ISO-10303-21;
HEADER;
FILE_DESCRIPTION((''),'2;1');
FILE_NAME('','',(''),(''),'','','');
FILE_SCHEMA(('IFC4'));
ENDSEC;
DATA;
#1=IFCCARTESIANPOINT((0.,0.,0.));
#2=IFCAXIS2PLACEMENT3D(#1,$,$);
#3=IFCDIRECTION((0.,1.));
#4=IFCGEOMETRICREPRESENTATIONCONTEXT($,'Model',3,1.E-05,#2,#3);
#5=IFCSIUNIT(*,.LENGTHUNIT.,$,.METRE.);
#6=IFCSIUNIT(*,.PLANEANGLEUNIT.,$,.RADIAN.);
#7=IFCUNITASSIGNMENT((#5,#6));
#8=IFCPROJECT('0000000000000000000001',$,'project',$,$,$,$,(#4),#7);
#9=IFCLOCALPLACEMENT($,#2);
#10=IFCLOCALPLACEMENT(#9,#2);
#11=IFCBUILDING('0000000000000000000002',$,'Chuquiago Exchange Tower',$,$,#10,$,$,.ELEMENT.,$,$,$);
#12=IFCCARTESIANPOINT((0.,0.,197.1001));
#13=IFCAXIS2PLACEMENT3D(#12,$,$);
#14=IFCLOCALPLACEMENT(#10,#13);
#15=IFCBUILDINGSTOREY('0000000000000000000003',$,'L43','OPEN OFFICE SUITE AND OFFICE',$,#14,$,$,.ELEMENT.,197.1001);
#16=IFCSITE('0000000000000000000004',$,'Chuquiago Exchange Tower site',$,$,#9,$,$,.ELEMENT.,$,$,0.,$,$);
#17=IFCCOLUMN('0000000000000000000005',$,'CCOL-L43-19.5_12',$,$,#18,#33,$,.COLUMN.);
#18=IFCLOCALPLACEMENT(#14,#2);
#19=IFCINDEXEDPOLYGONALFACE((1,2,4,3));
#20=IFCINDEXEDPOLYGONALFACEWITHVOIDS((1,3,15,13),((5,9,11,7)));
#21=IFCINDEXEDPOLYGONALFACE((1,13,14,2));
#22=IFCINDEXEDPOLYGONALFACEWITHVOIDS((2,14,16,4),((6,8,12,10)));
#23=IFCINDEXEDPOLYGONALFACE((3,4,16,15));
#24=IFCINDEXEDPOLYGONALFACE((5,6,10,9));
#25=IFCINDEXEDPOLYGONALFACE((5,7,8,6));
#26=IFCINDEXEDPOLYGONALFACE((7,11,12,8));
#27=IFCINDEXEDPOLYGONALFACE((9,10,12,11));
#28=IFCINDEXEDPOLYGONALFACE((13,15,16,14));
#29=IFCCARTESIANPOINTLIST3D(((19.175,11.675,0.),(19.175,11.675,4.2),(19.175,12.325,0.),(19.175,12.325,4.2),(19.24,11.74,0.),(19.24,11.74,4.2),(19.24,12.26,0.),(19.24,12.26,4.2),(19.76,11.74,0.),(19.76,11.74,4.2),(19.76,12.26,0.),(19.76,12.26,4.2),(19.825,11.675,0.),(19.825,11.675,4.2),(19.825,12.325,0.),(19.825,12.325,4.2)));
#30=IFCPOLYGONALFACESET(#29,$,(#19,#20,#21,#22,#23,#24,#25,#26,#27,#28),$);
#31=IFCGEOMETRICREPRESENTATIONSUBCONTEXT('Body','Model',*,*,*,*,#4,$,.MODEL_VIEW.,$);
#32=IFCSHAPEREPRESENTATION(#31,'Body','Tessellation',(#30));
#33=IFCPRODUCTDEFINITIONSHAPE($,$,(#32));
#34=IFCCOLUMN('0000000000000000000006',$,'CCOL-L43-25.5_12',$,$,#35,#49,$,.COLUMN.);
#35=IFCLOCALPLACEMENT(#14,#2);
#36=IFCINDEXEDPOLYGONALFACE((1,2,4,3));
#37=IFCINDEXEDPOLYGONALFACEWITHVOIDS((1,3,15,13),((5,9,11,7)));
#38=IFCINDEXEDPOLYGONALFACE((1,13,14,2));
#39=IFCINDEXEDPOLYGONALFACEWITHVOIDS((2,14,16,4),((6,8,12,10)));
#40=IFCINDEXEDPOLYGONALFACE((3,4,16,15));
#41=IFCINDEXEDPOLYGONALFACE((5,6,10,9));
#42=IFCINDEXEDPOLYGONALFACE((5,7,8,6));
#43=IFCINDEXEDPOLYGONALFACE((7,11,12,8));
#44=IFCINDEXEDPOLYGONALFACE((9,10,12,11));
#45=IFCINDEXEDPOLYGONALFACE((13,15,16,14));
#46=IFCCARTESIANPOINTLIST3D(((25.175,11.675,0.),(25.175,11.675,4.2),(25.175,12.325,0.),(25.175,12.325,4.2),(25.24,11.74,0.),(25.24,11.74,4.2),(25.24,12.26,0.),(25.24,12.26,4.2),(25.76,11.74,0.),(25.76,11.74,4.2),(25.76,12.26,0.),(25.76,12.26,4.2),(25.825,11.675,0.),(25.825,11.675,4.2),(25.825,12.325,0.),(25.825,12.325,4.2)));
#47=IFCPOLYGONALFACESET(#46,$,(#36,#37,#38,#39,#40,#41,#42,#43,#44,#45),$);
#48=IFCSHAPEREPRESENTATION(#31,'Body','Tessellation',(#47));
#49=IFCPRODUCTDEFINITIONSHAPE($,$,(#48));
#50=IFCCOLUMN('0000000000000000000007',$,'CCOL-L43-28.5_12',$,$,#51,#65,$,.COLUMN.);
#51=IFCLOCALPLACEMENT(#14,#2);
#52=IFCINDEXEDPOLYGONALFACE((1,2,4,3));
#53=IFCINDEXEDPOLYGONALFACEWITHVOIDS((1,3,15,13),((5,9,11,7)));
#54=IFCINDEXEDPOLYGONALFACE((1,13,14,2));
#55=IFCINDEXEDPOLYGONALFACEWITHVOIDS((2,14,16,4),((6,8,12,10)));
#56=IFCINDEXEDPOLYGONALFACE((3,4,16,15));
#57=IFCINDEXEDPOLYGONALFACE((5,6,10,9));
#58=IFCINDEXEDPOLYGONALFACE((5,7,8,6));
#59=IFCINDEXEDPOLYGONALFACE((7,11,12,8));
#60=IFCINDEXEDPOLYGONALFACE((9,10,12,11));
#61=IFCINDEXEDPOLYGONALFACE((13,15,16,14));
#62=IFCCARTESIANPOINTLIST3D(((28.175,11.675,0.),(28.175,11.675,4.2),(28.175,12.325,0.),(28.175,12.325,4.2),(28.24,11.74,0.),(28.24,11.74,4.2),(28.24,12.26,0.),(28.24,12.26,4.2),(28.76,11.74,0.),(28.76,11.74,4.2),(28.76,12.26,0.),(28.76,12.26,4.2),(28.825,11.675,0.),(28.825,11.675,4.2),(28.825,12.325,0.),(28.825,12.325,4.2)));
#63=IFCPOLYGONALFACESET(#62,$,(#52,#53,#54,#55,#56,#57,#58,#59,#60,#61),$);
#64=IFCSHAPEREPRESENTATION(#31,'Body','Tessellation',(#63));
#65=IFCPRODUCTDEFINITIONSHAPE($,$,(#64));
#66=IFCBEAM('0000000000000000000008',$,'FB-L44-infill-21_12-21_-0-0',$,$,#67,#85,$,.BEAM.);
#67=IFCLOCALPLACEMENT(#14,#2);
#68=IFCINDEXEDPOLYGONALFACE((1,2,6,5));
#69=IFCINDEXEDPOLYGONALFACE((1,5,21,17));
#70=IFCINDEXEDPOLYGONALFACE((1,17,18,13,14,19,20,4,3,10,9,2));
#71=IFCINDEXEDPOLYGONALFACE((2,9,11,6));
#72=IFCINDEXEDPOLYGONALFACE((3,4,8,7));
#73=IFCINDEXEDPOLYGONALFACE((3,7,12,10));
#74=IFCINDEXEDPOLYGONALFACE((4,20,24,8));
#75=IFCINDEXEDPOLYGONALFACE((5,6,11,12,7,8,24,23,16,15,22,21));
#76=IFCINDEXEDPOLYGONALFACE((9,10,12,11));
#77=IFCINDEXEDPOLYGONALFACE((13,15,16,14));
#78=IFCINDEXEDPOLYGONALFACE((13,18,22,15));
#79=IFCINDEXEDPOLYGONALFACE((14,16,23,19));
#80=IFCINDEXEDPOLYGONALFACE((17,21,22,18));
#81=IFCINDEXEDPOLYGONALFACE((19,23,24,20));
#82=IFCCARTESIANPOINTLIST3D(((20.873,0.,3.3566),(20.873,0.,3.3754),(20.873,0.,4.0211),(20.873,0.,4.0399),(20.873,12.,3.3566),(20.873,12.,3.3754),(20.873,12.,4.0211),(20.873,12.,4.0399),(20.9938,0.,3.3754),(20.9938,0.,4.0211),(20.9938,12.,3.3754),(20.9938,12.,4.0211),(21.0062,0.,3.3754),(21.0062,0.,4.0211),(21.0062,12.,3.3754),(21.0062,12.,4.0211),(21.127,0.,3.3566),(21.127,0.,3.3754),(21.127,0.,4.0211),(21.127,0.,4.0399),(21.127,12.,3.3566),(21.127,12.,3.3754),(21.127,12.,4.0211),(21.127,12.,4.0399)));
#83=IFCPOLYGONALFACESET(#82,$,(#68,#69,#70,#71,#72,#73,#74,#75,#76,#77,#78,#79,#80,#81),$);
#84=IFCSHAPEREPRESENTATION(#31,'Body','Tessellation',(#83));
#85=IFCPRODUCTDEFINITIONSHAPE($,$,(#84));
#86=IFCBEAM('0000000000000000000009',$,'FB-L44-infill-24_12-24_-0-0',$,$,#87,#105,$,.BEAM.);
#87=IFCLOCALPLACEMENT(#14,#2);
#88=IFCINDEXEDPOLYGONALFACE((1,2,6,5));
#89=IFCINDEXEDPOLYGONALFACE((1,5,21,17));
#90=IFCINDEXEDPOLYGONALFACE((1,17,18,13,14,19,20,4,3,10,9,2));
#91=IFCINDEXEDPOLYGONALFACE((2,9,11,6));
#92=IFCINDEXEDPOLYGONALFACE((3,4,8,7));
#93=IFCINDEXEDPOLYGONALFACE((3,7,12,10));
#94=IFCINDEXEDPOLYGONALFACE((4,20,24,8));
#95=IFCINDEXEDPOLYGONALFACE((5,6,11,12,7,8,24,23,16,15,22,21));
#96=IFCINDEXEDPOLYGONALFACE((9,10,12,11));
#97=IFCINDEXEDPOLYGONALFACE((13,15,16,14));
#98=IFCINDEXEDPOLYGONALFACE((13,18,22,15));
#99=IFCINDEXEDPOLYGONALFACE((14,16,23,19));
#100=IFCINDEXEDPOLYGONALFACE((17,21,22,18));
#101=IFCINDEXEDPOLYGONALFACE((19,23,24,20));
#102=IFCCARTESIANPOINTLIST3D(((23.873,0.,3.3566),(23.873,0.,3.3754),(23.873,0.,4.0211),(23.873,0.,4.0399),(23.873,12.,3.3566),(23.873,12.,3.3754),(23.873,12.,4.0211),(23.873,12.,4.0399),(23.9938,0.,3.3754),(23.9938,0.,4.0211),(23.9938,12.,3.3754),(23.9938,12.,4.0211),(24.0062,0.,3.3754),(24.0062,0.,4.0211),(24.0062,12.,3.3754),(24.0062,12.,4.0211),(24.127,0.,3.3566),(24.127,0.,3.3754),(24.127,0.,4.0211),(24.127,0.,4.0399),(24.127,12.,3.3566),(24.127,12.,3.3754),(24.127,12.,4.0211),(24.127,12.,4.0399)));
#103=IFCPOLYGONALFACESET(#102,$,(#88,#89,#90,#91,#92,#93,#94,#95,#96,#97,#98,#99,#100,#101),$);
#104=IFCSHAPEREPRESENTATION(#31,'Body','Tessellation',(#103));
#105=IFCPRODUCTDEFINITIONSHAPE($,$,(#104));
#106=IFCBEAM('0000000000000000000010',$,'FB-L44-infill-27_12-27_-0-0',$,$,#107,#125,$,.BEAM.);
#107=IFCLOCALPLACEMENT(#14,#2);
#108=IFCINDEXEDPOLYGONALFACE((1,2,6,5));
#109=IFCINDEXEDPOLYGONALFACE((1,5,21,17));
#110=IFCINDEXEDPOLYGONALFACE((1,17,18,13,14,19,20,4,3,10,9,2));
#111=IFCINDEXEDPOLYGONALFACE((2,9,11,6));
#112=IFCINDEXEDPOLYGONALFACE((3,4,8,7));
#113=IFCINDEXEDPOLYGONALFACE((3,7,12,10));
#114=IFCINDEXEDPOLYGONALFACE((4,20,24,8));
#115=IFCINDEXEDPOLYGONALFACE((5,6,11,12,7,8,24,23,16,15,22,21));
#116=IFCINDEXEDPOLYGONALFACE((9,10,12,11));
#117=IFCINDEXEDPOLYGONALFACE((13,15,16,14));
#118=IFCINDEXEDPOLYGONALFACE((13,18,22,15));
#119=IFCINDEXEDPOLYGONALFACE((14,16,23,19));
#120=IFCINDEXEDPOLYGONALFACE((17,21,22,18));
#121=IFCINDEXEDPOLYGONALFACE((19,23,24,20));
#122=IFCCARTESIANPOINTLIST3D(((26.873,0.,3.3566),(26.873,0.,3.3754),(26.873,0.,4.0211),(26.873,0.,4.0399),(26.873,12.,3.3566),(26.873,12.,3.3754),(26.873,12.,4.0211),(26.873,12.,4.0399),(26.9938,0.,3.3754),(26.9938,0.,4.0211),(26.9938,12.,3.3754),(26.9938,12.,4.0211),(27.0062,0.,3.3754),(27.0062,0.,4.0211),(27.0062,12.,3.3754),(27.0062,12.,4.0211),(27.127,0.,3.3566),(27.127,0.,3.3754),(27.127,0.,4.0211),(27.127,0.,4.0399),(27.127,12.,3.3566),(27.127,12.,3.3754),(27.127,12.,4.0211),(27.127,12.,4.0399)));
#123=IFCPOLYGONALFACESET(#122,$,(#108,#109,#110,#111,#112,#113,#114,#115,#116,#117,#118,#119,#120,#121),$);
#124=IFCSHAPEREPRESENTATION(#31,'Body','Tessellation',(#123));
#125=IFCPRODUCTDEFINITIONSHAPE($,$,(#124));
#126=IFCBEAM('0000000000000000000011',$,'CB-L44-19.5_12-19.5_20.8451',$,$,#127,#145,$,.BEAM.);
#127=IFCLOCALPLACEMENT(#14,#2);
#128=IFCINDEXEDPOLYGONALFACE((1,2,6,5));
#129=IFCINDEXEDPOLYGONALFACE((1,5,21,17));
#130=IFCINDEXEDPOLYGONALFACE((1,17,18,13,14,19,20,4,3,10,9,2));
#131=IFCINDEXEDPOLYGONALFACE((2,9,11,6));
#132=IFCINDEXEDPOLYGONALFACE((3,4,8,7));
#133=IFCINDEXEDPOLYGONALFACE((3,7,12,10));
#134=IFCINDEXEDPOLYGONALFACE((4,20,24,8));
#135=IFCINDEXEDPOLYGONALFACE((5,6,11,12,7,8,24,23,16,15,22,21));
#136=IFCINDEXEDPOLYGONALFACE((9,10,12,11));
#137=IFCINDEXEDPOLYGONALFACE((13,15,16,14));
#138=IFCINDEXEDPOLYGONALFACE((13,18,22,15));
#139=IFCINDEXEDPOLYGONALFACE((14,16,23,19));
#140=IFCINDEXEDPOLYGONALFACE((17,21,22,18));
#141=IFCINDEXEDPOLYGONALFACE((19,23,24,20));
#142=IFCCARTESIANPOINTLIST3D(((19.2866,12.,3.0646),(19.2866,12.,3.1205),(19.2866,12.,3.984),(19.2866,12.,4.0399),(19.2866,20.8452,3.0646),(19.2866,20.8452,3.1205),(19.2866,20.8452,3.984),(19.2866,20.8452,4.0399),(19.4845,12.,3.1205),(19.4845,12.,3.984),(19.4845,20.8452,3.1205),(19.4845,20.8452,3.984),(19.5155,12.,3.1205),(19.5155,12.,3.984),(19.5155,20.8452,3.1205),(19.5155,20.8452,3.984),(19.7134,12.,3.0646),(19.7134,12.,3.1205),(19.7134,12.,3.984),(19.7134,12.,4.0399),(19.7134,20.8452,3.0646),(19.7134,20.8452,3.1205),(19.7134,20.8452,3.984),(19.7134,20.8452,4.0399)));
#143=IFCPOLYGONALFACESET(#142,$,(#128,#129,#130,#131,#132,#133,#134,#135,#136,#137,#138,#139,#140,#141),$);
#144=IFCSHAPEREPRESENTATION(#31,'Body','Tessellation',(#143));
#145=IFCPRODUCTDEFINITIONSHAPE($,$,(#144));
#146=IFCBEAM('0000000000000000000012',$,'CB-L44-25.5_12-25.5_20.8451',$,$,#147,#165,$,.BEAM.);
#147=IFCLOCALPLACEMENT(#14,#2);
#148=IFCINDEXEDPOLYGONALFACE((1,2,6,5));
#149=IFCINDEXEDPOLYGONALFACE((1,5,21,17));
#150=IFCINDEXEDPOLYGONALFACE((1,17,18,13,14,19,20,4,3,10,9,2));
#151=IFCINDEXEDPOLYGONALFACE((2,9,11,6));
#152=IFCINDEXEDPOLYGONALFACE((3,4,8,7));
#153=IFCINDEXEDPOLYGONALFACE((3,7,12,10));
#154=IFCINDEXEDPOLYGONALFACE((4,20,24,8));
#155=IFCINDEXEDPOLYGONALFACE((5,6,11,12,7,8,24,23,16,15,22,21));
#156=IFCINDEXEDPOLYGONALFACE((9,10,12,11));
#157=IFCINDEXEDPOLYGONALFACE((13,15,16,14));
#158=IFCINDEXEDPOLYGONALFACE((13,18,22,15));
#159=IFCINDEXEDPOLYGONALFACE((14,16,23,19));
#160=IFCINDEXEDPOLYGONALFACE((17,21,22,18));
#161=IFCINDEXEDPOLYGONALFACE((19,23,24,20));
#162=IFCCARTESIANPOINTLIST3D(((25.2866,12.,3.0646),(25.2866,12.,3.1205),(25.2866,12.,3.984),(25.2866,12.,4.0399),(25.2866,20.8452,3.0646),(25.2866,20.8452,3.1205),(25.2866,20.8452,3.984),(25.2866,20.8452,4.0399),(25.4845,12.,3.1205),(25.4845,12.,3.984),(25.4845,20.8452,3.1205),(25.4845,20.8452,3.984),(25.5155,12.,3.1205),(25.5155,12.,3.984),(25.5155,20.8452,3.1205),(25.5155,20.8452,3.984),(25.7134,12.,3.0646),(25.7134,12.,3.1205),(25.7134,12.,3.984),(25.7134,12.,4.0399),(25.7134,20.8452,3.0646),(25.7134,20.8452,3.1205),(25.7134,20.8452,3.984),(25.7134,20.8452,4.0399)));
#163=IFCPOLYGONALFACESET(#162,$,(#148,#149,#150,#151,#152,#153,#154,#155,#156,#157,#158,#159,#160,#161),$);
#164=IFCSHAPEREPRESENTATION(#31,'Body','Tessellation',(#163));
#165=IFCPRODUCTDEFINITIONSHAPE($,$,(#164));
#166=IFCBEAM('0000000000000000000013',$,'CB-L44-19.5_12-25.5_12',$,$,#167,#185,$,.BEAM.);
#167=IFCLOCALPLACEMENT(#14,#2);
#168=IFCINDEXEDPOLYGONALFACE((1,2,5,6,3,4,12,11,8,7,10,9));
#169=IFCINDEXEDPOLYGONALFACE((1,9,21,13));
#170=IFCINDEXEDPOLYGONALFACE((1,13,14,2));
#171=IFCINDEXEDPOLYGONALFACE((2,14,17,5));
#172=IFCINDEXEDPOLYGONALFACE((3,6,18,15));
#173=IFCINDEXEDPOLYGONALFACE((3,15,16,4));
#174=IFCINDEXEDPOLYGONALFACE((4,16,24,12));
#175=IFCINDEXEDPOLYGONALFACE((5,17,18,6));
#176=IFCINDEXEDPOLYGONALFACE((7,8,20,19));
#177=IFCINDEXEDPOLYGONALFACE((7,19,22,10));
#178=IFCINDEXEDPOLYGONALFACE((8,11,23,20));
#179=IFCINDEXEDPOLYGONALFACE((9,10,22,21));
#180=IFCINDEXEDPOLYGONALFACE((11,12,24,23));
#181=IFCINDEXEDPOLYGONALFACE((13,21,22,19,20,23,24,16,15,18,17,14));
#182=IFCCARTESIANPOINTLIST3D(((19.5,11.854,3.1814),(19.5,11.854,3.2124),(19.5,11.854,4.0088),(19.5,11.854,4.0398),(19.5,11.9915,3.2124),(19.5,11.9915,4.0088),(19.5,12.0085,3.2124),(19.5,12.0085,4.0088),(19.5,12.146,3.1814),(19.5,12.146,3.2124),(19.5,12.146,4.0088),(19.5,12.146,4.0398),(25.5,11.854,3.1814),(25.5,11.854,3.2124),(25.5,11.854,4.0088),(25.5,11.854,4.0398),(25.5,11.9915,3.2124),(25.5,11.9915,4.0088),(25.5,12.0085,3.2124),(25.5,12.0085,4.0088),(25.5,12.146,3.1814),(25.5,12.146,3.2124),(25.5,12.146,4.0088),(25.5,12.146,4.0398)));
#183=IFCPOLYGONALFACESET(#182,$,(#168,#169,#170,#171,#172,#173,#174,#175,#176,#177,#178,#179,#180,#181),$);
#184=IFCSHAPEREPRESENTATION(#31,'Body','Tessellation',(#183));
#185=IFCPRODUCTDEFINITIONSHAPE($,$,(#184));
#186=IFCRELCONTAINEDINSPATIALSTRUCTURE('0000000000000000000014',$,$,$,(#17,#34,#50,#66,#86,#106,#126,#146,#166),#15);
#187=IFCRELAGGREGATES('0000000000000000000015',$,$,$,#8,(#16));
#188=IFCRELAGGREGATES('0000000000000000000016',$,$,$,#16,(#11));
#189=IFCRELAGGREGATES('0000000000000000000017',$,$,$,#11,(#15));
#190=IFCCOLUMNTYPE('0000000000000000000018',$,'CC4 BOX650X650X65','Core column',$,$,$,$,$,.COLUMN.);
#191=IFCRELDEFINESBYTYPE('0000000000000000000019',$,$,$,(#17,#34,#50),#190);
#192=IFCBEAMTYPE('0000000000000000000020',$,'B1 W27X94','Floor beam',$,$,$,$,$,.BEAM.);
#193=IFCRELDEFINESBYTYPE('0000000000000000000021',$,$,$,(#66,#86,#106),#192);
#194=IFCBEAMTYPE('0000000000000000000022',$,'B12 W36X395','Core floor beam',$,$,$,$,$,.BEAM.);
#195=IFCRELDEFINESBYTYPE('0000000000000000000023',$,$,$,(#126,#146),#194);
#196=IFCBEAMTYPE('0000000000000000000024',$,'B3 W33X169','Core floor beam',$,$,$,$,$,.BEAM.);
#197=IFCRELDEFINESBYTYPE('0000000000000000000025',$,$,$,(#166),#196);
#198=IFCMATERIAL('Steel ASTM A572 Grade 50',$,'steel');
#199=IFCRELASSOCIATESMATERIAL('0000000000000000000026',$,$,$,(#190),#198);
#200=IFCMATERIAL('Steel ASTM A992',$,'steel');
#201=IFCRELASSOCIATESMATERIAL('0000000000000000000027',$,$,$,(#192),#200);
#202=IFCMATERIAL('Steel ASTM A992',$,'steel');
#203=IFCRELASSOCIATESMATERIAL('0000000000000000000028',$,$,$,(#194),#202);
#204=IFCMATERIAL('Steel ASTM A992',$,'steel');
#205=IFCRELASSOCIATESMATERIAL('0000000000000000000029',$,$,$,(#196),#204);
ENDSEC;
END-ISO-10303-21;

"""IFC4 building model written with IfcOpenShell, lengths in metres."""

from ifc_helpers import new_model, si_unit, direction, frame, origin, origin_2d, place, context, subcontext, project, spatial, hollow_rectangle, i_section, extrude, material, material_profile, profile_set, type_object, element, save


model = new_model("IFC4")

# Units and contexts
model_context = context("Model", 3, precision=1e-05, world=origin(), true_north=direction((0.0, 1.0)))
body_context = subcontext(model_context, "Body", "Model", "MODEL_VIEW")
ifc_project = project(units=[si_unit("LENGTHUNIT", "METRE"), si_unit("PLANEANGLEUNIT", "RADIAN")], contexts=[model_context])

# Site, building, storey
site_placement = place(None, origin())
site = spatial("IfcSite", under=ifc_project, at=site_placement, Name="Chuquiago Exchange Tower site", CompositionType="ELEMENT", RefElevation=0.0)
building_placement = place(site_placement, origin())
building = spatial("IfcBuilding", under=site, at=building_placement, Name="Chuquiago Exchange Tower", CompositionType="ELEMENT")
storey_placement = place(building_placement, frame((0.0, 0.0, 197.1001)))
storey = spatial("IfcBuildingStorey", under=building, at=storey_placement, Name="L43", Description="OPEN OFFICE SUITE AND OFFICE", CompositionType="ELEMENT", Elevation=197.1001)

# Columns
ifc_material_1 = material(Name="Steel ASTM A572 Grade 50", Category="steel")
ifc_material_profile_1 = material_profile(ifc_material_1, hollow_rectangle(XDim=0.6499, YDim=0.6499, WallThickness=0.0649, at=origin_2d()), Name="BOX650X650X65")
ifc_profile_set_1 = profile_set([ifc_material_profile_1], Name="Steel ASTM A572 Grade 50")
column_type = type_object("IfcColumnType", Name="CC4 BOX650X650X65", Description="Core column", PredefinedType="COLUMN", material=ifc_profile_set_1)
for number, where, z_axis, x_axis, name in (
    (1, (19.5, 12.0, 0.0), (0.0, 0.0, 1.0), (1.0, 0.0, 0.0), "CCOL-L43-19.5_12"),
    (2, (25.5, 12.0, 0.0), (0.0, 0.0, 1.0), (1.0, 0.0, 0.0), "CCOL-L43-25.5_12"),
    (3, (28.5, 12.0, 0.0), (0.0, 0.0, 1.0), (1.0, 0.0, 0.0), "CCOL-L43-28.5_12"),
):
    element("IfcColumn", number, at=place(storey_placement, frame(where, z_axis=z_axis, x_axis=x_axis)), inside=storey, type_object=column_type, Name=name, PredefinedType="COLUMN", context=body_context, shape_type="SweptSolid", body=[
        extrude(hollow_rectangle(XDim=0.6499, YDim=0.6499, WallThickness=0.0649, at=origin_2d()), origin(), (0.0, 0.0, 1.0), 4.2),
    ])

# Beams
ifc_material_2 = material(Name="Steel ASTM A992", Category="steel")
ifc_material_profile_2 = material_profile(ifc_material_2, i_section(OverallWidth=0.2539, OverallDepth=0.6833, WebThickness=0.0125, FlangeThickness=0.0188, at=origin_2d()), Name="W27X94")
ifc_profile_set_2 = profile_set([ifc_material_profile_2], Name="Steel ASTM A992")
beam_type_1 = type_object("IfcBeamType", Name="B1 W27X94", Description="Floor beam", PredefinedType="BEAM", material=ifc_profile_set_2)
for number, where, z_axis, x_axis, name in (
    (4, (21.0, 12.0, 3.6982), (0.0, -1.0, 0.0), (1.0, 0.0, 0.0), "FB-L44-infill-21_12-21_-0-0"),
    (5, (24.0, 12.0, 3.6982), (0.0, -1.0, 0.0), (1.0, 0.0, 0.0), "FB-L44-infill-24_12-24_-0-0"),
    (6, (27.0, 12.0, 3.6982), (0.0, -1.0, 0.0), (1.0, 0.0, 0.0), "FB-L44-infill-27_12-27_-0-0"),
):
    element("IfcBeam", number, at=place(storey_placement, frame(where, z_axis=z_axis, x_axis=x_axis)), inside=storey, type_object=beam_type_1, Name=name, PredefinedType="BEAM", context=body_context, shape_type="SweptSolid", body=[
        extrude(i_section(OverallWidth=0.2539, OverallDepth=0.6833, WebThickness=0.0125, FlangeThickness=0.0188, at=origin_2d()), origin(), (0.0, 0.0, 1.0), 12.0),
    ])
ifc_material_3 = material(Name="Steel ASTM A992", Category="steel")
ifc_material_profile_3 = material_profile(ifc_material_3, i_section(OverallWidth=0.4268, OverallDepth=0.9753, WebThickness=0.031, FlangeThickness=0.0559, at=origin_2d()), Name="W36X395")
ifc_profile_set_3 = profile_set([ifc_material_profile_3], Name="Steel ASTM A992")
beam_type_2 = type_object("IfcBeamType", Name="B12 W36X395", Description="Core floor beam", PredefinedType="BEAM", material=ifc_profile_set_3)
for number, where, z_axis, x_axis, name in (
    (7, (19.5, 12.0, 3.5522), (0.0, 1.0, 0.0), (-1.0, 0.0, 0.0), "CB-L44-19.5_12-19.5_20.8451"),
    (8, (25.5, 12.0, 3.5522), (0.0, 1.0, 0.0), (-1.0, 0.0, 0.0), "CB-L44-25.5_12-25.5_20.8451"),
):
    element("IfcBeam", number, at=place(storey_placement, frame(where, z_axis=z_axis, x_axis=x_axis)), inside=storey, type_object=beam_type_2, Name=name, PredefinedType="BEAM", context=body_context, shape_type="SweptSolid", body=[
        extrude(i_section(OverallWidth=0.4268, OverallDepth=0.9753, WebThickness=0.031, FlangeThickness=0.0559, at=origin_2d()), origin(), (0.0, 0.0, 1.0), 8.8452),
    ])
ifc_material_4 = material(Name="Steel ASTM A992", Category="steel")
ifc_material_profile_4 = material_profile(ifc_material_4, i_section(OverallWidth=0.292, OverallDepth=0.8584, WebThickness=0.0171, FlangeThickness=0.031, at=origin_2d()), Name="W33X169")
ifc_profile_set_4 = profile_set([ifc_material_profile_4], Name="Steel ASTM A992")
beam_type_3 = type_object("IfcBeamType", Name="B3 W33X169", Description="Core floor beam", PredefinedType="BEAM", material=ifc_profile_set_4)
beam_1_placement = place(storey_placement, frame((19.5, 12.0, 3.6106), z_axis=(1.0, 0.0, 0.0), x_axis=(0.0, 1.0, 0.0)))
element("IfcBeam", 9, at=beam_1_placement, inside=storey, type_object=beam_type_3, Name="CB-L44-19.5_12-25.5_12", PredefinedType="BEAM", context=body_context, shape_type="SweptSolid", body=[
    extrude(i_section(OverallWidth=0.292, OverallDepth=0.8584, WebThickness=0.0171, FlangeThickness=0.031, at=origin_2d()), origin(), (0.0, 0.0, 1.0), 6.0),
])

save(model, "model.ifc")
